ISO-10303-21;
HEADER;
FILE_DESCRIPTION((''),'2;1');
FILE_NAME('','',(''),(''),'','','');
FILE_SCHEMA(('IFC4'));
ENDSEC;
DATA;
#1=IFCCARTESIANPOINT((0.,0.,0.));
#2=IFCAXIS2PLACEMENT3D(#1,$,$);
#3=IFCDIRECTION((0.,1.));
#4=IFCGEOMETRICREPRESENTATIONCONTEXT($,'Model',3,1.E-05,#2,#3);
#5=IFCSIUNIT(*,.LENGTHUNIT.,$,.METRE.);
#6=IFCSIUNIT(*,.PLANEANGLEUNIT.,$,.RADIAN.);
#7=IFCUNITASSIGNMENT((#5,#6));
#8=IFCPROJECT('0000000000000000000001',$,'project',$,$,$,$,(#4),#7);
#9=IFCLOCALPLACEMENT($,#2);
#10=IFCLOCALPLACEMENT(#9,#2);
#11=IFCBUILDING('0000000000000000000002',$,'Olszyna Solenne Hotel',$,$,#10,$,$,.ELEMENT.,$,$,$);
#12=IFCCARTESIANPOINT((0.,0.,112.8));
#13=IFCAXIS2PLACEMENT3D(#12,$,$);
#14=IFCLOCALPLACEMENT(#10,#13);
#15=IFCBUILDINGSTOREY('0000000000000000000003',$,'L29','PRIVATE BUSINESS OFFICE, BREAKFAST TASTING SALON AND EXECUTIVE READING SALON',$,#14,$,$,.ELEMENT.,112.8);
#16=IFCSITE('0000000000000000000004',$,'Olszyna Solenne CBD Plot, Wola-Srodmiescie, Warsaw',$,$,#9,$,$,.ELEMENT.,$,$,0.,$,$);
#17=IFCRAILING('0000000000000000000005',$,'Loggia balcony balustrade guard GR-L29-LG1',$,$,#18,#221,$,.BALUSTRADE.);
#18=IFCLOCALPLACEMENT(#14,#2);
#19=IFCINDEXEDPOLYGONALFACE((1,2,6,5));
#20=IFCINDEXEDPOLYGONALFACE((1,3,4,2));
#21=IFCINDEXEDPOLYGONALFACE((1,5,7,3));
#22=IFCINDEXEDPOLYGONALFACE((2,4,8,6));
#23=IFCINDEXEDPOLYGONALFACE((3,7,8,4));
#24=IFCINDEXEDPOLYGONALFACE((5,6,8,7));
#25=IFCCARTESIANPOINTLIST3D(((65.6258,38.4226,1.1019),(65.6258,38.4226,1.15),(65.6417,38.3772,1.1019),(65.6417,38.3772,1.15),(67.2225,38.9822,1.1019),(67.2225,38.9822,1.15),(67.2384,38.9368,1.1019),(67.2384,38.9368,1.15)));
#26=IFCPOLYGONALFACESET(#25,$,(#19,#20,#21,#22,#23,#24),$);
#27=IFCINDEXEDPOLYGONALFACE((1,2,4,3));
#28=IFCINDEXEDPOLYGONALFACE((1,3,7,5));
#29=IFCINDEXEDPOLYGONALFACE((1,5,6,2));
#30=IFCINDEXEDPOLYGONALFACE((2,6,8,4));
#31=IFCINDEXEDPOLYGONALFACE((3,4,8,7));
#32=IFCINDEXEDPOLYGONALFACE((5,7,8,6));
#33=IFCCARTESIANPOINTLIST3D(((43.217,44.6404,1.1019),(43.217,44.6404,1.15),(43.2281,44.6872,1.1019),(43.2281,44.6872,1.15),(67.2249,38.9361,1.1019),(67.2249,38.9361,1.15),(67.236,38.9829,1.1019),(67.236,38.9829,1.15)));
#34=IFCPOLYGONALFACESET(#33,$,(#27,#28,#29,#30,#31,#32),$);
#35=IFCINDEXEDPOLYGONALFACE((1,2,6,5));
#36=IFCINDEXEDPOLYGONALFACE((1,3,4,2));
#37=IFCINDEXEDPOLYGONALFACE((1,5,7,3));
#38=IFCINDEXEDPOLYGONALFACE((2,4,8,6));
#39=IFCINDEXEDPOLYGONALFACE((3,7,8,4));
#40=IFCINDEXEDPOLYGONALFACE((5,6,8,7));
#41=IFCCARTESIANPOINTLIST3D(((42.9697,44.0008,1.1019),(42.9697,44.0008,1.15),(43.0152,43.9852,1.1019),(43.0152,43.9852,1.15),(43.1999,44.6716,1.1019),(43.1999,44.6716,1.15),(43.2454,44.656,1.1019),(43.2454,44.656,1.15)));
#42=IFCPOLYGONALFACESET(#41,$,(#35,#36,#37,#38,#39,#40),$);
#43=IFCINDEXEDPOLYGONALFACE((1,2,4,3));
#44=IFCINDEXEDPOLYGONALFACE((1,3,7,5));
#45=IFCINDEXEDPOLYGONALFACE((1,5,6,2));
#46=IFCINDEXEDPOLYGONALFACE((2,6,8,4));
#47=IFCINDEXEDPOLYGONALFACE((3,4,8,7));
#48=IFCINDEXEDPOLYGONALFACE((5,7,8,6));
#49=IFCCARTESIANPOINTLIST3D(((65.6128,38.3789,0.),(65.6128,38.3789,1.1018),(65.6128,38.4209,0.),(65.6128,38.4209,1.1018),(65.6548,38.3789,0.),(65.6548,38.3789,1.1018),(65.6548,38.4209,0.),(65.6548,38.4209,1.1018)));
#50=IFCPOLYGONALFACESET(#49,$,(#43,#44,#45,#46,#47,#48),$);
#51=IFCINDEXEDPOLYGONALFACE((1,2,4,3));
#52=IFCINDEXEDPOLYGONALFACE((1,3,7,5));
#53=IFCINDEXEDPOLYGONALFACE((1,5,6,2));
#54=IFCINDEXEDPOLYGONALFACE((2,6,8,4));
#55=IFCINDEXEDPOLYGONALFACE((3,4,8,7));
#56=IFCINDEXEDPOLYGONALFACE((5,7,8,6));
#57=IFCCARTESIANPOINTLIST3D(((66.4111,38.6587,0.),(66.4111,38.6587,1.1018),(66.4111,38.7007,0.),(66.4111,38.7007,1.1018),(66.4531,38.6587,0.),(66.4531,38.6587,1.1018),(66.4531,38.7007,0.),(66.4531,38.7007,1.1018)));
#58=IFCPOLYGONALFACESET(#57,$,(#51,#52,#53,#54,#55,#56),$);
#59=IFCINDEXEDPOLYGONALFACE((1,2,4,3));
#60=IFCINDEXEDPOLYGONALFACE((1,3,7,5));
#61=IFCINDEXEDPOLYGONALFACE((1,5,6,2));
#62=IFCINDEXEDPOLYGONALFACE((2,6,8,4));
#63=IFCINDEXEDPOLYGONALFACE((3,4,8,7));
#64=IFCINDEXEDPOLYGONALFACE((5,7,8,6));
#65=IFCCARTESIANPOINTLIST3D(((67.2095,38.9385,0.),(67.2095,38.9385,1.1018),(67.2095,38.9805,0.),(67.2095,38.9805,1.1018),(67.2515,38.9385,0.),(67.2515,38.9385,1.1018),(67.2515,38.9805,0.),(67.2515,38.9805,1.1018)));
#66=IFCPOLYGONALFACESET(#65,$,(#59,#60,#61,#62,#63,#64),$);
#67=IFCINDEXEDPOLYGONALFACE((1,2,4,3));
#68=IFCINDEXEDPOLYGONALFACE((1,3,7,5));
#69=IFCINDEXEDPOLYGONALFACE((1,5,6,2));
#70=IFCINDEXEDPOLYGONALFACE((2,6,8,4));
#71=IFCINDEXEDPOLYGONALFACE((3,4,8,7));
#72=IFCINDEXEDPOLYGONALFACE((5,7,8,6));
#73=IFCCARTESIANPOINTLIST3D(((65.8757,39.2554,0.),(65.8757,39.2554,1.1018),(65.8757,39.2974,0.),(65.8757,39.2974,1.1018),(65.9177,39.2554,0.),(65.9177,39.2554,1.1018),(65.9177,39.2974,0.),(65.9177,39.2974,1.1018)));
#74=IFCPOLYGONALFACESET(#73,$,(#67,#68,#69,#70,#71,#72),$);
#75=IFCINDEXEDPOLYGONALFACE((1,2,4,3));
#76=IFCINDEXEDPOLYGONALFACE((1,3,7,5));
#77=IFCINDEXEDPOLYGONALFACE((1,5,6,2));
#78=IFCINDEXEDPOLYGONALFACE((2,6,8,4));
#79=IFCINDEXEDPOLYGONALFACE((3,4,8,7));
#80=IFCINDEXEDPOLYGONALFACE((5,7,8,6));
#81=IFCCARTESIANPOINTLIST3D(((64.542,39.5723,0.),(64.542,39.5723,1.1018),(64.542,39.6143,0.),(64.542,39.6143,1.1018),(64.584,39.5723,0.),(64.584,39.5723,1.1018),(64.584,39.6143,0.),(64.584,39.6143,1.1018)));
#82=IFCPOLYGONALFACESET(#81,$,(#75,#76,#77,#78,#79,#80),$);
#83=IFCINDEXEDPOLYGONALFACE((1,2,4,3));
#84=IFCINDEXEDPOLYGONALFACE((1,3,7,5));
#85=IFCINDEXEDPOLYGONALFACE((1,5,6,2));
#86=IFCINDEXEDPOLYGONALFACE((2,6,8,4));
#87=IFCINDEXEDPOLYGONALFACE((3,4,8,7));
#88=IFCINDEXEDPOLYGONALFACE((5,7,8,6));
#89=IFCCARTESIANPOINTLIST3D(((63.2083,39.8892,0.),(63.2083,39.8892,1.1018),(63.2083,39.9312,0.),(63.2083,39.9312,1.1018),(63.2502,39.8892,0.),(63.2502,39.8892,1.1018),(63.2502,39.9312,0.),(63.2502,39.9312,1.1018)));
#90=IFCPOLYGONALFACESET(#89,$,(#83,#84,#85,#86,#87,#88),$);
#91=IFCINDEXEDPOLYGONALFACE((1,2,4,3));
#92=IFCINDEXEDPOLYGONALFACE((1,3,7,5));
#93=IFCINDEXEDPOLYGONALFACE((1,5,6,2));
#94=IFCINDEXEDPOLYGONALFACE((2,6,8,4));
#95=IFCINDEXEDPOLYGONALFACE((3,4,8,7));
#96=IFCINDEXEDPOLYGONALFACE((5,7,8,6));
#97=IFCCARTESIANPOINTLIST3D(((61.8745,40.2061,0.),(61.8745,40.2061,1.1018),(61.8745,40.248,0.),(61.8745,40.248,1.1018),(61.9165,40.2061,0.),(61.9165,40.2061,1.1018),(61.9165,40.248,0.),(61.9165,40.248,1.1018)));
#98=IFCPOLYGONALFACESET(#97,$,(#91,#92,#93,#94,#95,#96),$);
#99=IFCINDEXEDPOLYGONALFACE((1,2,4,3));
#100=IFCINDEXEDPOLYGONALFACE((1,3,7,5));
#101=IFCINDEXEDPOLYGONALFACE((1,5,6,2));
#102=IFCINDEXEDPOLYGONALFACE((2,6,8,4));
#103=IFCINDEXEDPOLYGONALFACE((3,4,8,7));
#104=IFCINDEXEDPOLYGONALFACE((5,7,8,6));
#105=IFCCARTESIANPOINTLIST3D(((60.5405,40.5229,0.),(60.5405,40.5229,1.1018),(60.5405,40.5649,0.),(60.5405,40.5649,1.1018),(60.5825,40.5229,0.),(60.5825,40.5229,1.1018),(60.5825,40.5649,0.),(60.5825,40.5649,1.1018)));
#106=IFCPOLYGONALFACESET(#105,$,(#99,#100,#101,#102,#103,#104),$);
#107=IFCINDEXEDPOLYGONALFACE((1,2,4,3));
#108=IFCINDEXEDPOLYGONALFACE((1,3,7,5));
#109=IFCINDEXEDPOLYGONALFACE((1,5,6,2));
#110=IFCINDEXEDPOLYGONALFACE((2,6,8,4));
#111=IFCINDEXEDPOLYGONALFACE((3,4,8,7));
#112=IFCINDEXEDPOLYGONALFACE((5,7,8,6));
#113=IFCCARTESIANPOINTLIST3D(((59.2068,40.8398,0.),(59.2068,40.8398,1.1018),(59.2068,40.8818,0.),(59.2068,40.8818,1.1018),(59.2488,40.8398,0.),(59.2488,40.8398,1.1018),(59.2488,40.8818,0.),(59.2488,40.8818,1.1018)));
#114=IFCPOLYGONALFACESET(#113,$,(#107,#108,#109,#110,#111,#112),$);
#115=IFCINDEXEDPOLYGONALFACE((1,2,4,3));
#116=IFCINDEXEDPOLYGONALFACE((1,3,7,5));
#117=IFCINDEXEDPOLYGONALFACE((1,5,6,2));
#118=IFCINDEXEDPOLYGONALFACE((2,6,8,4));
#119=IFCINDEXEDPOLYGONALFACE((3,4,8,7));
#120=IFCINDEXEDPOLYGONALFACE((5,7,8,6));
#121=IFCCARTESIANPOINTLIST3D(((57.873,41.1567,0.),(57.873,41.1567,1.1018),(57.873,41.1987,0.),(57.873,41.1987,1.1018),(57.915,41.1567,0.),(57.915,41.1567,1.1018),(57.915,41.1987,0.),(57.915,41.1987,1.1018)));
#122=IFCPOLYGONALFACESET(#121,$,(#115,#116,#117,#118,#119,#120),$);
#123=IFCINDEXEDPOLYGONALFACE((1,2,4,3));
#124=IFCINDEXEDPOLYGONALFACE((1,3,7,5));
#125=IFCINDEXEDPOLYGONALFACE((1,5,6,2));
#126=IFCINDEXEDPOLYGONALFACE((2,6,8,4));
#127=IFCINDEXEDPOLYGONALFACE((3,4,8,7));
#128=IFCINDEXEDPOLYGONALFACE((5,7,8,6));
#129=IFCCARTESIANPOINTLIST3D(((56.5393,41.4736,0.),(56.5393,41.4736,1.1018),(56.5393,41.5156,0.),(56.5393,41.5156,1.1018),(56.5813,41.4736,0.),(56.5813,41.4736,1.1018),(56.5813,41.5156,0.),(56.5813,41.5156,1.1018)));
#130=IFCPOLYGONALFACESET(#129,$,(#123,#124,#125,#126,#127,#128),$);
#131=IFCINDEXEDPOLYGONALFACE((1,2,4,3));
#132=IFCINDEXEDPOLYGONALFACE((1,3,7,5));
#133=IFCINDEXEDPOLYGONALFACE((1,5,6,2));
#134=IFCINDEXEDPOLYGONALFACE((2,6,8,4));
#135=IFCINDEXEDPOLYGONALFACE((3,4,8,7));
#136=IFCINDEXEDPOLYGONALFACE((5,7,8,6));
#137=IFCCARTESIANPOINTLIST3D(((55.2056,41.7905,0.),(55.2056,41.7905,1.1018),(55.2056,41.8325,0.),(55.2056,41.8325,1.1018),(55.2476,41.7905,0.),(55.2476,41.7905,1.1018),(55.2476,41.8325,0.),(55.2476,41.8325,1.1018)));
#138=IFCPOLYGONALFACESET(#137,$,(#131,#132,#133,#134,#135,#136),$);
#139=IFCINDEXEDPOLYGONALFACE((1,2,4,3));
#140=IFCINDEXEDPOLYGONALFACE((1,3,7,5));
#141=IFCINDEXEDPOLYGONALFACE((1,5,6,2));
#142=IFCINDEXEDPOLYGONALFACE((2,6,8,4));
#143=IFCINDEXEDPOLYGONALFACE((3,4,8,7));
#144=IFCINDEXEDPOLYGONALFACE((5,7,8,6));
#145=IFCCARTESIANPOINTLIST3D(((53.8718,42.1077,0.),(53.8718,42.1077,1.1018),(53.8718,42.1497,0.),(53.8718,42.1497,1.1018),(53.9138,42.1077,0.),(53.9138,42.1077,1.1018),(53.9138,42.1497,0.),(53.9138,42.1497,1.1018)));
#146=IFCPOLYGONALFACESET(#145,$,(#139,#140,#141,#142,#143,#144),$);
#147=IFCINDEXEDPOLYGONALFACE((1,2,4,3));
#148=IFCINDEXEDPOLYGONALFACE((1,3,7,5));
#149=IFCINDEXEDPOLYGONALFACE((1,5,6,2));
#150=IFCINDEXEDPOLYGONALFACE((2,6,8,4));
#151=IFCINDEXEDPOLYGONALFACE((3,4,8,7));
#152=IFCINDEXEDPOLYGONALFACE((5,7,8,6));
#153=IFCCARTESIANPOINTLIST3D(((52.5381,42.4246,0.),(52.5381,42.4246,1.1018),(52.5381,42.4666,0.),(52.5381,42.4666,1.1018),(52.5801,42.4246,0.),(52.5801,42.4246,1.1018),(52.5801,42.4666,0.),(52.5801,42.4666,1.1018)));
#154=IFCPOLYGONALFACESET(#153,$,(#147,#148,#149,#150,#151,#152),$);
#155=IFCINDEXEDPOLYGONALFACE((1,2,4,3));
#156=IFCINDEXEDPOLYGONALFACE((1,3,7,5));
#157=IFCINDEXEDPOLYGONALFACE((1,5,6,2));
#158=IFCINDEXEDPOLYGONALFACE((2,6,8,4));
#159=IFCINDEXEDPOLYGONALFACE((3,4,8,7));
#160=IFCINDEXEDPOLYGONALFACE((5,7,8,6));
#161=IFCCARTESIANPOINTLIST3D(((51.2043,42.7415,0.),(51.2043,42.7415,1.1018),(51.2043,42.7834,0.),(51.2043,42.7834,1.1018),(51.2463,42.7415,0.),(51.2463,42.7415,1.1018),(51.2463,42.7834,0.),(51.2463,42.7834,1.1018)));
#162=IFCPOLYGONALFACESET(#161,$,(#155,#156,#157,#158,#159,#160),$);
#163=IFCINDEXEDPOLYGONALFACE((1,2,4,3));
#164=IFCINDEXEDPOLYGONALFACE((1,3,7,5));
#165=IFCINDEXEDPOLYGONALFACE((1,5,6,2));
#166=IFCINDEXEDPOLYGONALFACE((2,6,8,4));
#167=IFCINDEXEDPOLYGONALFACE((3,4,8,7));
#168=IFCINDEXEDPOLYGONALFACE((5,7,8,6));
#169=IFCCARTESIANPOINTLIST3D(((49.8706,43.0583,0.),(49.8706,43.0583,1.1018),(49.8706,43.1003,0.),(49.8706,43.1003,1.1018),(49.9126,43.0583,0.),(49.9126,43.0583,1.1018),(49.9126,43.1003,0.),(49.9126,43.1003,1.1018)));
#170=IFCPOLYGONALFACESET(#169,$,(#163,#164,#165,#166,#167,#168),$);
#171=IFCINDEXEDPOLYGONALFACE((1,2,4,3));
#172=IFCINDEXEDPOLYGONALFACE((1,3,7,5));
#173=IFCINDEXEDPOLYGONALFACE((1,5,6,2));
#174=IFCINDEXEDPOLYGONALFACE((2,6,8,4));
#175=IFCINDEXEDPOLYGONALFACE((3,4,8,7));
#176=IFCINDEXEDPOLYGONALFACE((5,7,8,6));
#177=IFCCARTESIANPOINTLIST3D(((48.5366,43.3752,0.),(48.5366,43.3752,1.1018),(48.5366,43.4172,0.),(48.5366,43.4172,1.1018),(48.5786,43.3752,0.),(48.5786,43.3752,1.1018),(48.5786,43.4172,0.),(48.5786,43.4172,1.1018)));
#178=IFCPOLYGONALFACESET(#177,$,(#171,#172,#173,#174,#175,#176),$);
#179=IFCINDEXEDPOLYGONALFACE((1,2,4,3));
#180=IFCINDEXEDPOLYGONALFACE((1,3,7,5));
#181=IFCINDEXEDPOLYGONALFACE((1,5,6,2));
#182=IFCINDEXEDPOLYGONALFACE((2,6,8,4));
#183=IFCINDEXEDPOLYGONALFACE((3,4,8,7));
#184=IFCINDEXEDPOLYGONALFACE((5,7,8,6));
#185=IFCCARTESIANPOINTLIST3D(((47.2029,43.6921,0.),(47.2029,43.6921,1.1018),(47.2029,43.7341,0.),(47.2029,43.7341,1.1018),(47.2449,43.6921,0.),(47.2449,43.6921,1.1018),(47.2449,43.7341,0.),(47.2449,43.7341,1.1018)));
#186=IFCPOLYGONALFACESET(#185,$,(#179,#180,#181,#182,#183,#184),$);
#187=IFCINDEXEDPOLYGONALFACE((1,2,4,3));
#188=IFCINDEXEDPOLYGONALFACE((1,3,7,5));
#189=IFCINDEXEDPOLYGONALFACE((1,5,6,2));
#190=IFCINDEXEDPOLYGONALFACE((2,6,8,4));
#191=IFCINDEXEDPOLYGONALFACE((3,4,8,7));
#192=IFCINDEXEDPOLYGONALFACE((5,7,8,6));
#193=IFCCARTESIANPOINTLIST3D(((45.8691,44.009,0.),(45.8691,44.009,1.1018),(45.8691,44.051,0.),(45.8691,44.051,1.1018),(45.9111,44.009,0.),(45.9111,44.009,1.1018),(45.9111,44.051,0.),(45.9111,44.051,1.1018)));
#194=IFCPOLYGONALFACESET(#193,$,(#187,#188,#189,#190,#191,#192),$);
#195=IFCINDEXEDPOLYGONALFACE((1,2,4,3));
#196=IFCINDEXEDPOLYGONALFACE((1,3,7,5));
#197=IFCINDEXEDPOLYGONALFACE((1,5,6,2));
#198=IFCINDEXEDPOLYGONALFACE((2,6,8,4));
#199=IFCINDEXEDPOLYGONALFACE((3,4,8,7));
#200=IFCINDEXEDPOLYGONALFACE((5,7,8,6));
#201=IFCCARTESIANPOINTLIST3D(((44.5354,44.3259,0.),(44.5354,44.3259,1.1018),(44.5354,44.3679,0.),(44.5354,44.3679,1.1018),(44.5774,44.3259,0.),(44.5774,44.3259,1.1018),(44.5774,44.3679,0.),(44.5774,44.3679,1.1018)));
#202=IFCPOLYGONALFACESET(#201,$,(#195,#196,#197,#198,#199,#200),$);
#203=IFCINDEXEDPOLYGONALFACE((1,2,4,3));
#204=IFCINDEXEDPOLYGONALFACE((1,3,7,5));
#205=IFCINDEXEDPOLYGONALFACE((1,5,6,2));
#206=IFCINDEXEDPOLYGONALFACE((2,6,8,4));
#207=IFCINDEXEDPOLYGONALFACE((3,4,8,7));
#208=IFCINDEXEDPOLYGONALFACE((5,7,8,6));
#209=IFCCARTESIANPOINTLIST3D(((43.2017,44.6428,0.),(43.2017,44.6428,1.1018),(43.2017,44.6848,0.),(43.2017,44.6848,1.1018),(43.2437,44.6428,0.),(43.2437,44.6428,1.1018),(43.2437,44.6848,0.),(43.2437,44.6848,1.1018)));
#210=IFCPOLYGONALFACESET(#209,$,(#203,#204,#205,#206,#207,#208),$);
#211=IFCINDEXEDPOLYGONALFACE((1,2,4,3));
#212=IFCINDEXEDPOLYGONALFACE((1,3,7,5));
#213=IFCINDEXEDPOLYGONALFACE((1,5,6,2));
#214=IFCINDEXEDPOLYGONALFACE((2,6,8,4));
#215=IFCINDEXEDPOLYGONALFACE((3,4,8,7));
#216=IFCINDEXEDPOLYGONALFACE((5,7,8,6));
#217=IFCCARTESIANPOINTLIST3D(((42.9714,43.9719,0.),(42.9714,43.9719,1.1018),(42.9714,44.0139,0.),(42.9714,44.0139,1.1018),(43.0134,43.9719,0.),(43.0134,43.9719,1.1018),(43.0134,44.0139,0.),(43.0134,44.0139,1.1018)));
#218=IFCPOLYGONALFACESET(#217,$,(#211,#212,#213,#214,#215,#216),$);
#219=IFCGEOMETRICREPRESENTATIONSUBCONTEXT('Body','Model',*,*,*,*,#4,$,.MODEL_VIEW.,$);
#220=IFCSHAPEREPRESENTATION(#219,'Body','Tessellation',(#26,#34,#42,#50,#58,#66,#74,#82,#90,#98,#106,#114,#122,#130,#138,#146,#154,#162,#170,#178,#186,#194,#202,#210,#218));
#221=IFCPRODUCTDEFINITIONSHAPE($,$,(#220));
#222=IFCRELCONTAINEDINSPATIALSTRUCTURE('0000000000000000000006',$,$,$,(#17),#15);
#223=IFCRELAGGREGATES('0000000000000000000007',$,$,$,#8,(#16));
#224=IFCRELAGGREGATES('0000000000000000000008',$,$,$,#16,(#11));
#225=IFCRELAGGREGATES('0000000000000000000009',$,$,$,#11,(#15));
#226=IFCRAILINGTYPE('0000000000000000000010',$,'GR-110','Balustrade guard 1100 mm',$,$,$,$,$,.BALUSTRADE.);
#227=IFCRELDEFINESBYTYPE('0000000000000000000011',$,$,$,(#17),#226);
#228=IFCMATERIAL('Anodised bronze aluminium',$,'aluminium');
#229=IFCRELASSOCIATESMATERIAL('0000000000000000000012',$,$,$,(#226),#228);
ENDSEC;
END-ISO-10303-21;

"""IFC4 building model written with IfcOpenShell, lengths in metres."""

from ifc_helpers import new_model, si_unit, direction, frame, origin, origin_2d, place, context, subcontext, project, spatial, rectangle, extrude, material, type_object, element, save


model = new_model("IFC4")

# Units and contexts
model_context = context("Model", 3, precision=1e-05, world=origin(), true_north=direction((0.0, 1.0)))
body_context = subcontext(model_context, "Body", "Model", "MODEL_VIEW")
ifc_project = project(units=[si_unit("LENGTHUNIT", "METRE"), si_unit("PLANEANGLEUNIT", "RADIAN")], contexts=[model_context])

# Site, building, storey
site_placement = place(None, origin())
site = spatial("IfcSite", under=ifc_project, at=site_placement, Name="Olszyna Solenne CBD Plot, Wola-Srodmiescie, Warsaw", CompositionType="ELEMENT", RefElevation=0.0)
building_placement = place(site_placement, origin())
building = spatial("IfcBuilding", under=site, at=building_placement, Name="Olszyna Solenne Hotel", CompositionType="ELEMENT")
storey_placement = place(building_placement, frame((0.0, 0.0, 112.8)))
storey = spatial("IfcBuildingStorey", under=building, at=storey_placement, Name="L29", Description="PRIVATE BUSINESS OFFICE, BREAKFAST TASTING SALON AND EXECUTIVE READING SALON", CompositionType="ELEMENT", Elevation=112.8)

# Shared definitions
ifc_material_1 = material(Name="Anodised bronze aluminium", Category="aluminium")

# Railing
railing_type = type_object("IfcRailingType", Name="GR-110", Description="Balustrade guard 1100 mm", PredefinedType="BALUSTRADE", material=ifc_material_1)
railing_placement = place(storey_placement, frame((65.6338, 38.3999, 0.0)))
element("IfcRailing", 1, at=railing_placement, inside=storey, type_object=railing_type, Name="Loggia balcony balustrade guard GR-L29-LG1", PredefinedType="BALUSTRADE", context=body_context, shape_type="SweptSolid", body=[
    extrude(rectangle(XDim=0.0481, YDim=0.0481, at=origin_2d()), frame((0.0, 0.0, 1.126), z_axis=(0.943723, 0.330736, 0.0), x_axis=(-0.330736, 0.943723, 0.0)), (0.0, 0.0, 1.0), 1.6919),
    extrude(rectangle(XDim=0.0481, YDim=0.0481, at=origin_2d()), frame((1.5967, 0.5596, 1.126), z_axis=(-0.972914, 0.231168, 0.0), x_axis=(-0.231168, -0.972914, 0.0)), (0.0, 0.0, 1.0), 24.6763),
    extrude(rectangle(XDim=0.0481, YDim=0.0481, at=origin_2d()), frame((-22.4111, 6.2639, 1.126), z_axis=(-0.32458, -0.945858, 0.0), x_axis=(0.945858, -0.32458, 0.0)), (0.0, 0.0, 1.0), 0.7092),
    extrude(rectangle(XDim=0.042, YDim=0.042, at=origin_2d()), origin(), (0.0, 0.0, 1.0), 1.1018),
    extrude(rectangle(XDim=0.042, YDim=0.042, at=origin_2d()), frame((0.7983, 0.2798, 0.0)), (0.0, 0.0, 1.0), 1.1018),
    extrude(rectangle(XDim=0.042, YDim=0.042, at=origin_2d()), frame((1.5967, 0.5596, 0.0)), (0.0, 0.0, 1.0), 1.1018),
    extrude(rectangle(XDim=0.042, YDim=0.042, at=origin_2d()), frame((0.2629, 0.8765, 0.0)), (0.0, 0.0, 1.0), 1.1018),
    extrude(rectangle(XDim=0.042, YDim=0.042, at=origin_2d()), frame((-1.0708, 1.1934, 0.0)), (0.0, 0.0, 1.0), 1.1018),
    extrude(rectangle(XDim=0.042, YDim=0.042, at=origin_2d()), frame((-2.4045, 1.5103, 0.0)), (0.0, 0.0, 1.0), 1.1018),
    extrude(rectangle(XDim=0.042, YDim=0.042, at=origin_2d()), frame((-3.7383, 1.8271, 0.0)), (0.0, 0.0, 1.0), 1.1018),
    extrude(rectangle(XDim=0.042, YDim=0.042, at=origin_2d()), frame((-5.0723, 2.144, 0.0)), (0.0, 0.0, 1.0), 1.1018),
    extrude(rectangle(XDim=0.042, YDim=0.042, at=origin_2d()), frame((-6.406, 2.4609, 0.0)), (0.0, 0.0, 1.0), 1.1018),
    extrude(rectangle(XDim=0.042, YDim=0.042, at=origin_2d()), frame((-7.7397, 2.7778, 0.0)), (0.0, 0.0, 1.0), 1.1018),
    extrude(rectangle(XDim=0.042, YDim=0.042, at=origin_2d()), frame((-9.0735, 3.0947, 0.0)), (0.0, 0.0, 1.0), 1.1018),
    extrude(rectangle(XDim=0.042, YDim=0.042, at=origin_2d()), frame((-10.4072, 3.4116, 0.0)), (0.0, 0.0, 1.0), 1.1018),
    extrude(rectangle(XDim=0.042, YDim=0.042, at=origin_2d()), frame((-11.741, 3.7288, 0.0)), (0.0, 0.0, 1.0), 1.1018),
    extrude(rectangle(XDim=0.042, YDim=0.042, at=origin_2d()), frame((-13.0747, 4.0457, 0.0)), (0.0, 0.0, 1.0), 1.1018),
    extrude(rectangle(XDim=0.042, YDim=0.042, at=origin_2d()), frame((-14.4084, 4.3625, 0.0)), (0.0, 0.0, 1.0), 1.1018),
    extrude(rectangle(XDim=0.042, YDim=0.042, at=origin_2d()), frame((-15.7422, 4.6794, 0.0)), (0.0, 0.0, 1.0), 1.1018),
    extrude(rectangle(XDim=0.042, YDim=0.042, at=origin_2d()), frame((-17.0762, 4.9963, 0.0)), (0.0, 0.0, 1.0), 1.1018),
    extrude(rectangle(XDim=0.042, YDim=0.042, at=origin_2d()), frame((-18.4099, 5.3132, 0.0)), (0.0, 0.0, 1.0), 1.1018),
    extrude(rectangle(XDim=0.042, YDim=0.042, at=origin_2d()), frame((-19.7437, 5.6301, 0.0)), (0.0, 0.0, 1.0), 1.1018),
    extrude(rectangle(XDim=0.042, YDim=0.042, at=origin_2d()), frame((-21.0774, 5.947, 0.0)), (0.0, 0.0, 1.0), 1.1018),
    extrude(rectangle(XDim=0.042, YDim=0.042, at=origin_2d()), frame((-22.4111, 6.2639, 0.0)), (0.0, 0.0, 1.0), 1.1018),
    extrude(rectangle(XDim=0.042, YDim=0.042, at=origin_2d()), frame((-22.6414, 5.593, 0.0)), (0.0, 0.0, 1.0), 1.1018),
])

save(model, "model.ifc")
